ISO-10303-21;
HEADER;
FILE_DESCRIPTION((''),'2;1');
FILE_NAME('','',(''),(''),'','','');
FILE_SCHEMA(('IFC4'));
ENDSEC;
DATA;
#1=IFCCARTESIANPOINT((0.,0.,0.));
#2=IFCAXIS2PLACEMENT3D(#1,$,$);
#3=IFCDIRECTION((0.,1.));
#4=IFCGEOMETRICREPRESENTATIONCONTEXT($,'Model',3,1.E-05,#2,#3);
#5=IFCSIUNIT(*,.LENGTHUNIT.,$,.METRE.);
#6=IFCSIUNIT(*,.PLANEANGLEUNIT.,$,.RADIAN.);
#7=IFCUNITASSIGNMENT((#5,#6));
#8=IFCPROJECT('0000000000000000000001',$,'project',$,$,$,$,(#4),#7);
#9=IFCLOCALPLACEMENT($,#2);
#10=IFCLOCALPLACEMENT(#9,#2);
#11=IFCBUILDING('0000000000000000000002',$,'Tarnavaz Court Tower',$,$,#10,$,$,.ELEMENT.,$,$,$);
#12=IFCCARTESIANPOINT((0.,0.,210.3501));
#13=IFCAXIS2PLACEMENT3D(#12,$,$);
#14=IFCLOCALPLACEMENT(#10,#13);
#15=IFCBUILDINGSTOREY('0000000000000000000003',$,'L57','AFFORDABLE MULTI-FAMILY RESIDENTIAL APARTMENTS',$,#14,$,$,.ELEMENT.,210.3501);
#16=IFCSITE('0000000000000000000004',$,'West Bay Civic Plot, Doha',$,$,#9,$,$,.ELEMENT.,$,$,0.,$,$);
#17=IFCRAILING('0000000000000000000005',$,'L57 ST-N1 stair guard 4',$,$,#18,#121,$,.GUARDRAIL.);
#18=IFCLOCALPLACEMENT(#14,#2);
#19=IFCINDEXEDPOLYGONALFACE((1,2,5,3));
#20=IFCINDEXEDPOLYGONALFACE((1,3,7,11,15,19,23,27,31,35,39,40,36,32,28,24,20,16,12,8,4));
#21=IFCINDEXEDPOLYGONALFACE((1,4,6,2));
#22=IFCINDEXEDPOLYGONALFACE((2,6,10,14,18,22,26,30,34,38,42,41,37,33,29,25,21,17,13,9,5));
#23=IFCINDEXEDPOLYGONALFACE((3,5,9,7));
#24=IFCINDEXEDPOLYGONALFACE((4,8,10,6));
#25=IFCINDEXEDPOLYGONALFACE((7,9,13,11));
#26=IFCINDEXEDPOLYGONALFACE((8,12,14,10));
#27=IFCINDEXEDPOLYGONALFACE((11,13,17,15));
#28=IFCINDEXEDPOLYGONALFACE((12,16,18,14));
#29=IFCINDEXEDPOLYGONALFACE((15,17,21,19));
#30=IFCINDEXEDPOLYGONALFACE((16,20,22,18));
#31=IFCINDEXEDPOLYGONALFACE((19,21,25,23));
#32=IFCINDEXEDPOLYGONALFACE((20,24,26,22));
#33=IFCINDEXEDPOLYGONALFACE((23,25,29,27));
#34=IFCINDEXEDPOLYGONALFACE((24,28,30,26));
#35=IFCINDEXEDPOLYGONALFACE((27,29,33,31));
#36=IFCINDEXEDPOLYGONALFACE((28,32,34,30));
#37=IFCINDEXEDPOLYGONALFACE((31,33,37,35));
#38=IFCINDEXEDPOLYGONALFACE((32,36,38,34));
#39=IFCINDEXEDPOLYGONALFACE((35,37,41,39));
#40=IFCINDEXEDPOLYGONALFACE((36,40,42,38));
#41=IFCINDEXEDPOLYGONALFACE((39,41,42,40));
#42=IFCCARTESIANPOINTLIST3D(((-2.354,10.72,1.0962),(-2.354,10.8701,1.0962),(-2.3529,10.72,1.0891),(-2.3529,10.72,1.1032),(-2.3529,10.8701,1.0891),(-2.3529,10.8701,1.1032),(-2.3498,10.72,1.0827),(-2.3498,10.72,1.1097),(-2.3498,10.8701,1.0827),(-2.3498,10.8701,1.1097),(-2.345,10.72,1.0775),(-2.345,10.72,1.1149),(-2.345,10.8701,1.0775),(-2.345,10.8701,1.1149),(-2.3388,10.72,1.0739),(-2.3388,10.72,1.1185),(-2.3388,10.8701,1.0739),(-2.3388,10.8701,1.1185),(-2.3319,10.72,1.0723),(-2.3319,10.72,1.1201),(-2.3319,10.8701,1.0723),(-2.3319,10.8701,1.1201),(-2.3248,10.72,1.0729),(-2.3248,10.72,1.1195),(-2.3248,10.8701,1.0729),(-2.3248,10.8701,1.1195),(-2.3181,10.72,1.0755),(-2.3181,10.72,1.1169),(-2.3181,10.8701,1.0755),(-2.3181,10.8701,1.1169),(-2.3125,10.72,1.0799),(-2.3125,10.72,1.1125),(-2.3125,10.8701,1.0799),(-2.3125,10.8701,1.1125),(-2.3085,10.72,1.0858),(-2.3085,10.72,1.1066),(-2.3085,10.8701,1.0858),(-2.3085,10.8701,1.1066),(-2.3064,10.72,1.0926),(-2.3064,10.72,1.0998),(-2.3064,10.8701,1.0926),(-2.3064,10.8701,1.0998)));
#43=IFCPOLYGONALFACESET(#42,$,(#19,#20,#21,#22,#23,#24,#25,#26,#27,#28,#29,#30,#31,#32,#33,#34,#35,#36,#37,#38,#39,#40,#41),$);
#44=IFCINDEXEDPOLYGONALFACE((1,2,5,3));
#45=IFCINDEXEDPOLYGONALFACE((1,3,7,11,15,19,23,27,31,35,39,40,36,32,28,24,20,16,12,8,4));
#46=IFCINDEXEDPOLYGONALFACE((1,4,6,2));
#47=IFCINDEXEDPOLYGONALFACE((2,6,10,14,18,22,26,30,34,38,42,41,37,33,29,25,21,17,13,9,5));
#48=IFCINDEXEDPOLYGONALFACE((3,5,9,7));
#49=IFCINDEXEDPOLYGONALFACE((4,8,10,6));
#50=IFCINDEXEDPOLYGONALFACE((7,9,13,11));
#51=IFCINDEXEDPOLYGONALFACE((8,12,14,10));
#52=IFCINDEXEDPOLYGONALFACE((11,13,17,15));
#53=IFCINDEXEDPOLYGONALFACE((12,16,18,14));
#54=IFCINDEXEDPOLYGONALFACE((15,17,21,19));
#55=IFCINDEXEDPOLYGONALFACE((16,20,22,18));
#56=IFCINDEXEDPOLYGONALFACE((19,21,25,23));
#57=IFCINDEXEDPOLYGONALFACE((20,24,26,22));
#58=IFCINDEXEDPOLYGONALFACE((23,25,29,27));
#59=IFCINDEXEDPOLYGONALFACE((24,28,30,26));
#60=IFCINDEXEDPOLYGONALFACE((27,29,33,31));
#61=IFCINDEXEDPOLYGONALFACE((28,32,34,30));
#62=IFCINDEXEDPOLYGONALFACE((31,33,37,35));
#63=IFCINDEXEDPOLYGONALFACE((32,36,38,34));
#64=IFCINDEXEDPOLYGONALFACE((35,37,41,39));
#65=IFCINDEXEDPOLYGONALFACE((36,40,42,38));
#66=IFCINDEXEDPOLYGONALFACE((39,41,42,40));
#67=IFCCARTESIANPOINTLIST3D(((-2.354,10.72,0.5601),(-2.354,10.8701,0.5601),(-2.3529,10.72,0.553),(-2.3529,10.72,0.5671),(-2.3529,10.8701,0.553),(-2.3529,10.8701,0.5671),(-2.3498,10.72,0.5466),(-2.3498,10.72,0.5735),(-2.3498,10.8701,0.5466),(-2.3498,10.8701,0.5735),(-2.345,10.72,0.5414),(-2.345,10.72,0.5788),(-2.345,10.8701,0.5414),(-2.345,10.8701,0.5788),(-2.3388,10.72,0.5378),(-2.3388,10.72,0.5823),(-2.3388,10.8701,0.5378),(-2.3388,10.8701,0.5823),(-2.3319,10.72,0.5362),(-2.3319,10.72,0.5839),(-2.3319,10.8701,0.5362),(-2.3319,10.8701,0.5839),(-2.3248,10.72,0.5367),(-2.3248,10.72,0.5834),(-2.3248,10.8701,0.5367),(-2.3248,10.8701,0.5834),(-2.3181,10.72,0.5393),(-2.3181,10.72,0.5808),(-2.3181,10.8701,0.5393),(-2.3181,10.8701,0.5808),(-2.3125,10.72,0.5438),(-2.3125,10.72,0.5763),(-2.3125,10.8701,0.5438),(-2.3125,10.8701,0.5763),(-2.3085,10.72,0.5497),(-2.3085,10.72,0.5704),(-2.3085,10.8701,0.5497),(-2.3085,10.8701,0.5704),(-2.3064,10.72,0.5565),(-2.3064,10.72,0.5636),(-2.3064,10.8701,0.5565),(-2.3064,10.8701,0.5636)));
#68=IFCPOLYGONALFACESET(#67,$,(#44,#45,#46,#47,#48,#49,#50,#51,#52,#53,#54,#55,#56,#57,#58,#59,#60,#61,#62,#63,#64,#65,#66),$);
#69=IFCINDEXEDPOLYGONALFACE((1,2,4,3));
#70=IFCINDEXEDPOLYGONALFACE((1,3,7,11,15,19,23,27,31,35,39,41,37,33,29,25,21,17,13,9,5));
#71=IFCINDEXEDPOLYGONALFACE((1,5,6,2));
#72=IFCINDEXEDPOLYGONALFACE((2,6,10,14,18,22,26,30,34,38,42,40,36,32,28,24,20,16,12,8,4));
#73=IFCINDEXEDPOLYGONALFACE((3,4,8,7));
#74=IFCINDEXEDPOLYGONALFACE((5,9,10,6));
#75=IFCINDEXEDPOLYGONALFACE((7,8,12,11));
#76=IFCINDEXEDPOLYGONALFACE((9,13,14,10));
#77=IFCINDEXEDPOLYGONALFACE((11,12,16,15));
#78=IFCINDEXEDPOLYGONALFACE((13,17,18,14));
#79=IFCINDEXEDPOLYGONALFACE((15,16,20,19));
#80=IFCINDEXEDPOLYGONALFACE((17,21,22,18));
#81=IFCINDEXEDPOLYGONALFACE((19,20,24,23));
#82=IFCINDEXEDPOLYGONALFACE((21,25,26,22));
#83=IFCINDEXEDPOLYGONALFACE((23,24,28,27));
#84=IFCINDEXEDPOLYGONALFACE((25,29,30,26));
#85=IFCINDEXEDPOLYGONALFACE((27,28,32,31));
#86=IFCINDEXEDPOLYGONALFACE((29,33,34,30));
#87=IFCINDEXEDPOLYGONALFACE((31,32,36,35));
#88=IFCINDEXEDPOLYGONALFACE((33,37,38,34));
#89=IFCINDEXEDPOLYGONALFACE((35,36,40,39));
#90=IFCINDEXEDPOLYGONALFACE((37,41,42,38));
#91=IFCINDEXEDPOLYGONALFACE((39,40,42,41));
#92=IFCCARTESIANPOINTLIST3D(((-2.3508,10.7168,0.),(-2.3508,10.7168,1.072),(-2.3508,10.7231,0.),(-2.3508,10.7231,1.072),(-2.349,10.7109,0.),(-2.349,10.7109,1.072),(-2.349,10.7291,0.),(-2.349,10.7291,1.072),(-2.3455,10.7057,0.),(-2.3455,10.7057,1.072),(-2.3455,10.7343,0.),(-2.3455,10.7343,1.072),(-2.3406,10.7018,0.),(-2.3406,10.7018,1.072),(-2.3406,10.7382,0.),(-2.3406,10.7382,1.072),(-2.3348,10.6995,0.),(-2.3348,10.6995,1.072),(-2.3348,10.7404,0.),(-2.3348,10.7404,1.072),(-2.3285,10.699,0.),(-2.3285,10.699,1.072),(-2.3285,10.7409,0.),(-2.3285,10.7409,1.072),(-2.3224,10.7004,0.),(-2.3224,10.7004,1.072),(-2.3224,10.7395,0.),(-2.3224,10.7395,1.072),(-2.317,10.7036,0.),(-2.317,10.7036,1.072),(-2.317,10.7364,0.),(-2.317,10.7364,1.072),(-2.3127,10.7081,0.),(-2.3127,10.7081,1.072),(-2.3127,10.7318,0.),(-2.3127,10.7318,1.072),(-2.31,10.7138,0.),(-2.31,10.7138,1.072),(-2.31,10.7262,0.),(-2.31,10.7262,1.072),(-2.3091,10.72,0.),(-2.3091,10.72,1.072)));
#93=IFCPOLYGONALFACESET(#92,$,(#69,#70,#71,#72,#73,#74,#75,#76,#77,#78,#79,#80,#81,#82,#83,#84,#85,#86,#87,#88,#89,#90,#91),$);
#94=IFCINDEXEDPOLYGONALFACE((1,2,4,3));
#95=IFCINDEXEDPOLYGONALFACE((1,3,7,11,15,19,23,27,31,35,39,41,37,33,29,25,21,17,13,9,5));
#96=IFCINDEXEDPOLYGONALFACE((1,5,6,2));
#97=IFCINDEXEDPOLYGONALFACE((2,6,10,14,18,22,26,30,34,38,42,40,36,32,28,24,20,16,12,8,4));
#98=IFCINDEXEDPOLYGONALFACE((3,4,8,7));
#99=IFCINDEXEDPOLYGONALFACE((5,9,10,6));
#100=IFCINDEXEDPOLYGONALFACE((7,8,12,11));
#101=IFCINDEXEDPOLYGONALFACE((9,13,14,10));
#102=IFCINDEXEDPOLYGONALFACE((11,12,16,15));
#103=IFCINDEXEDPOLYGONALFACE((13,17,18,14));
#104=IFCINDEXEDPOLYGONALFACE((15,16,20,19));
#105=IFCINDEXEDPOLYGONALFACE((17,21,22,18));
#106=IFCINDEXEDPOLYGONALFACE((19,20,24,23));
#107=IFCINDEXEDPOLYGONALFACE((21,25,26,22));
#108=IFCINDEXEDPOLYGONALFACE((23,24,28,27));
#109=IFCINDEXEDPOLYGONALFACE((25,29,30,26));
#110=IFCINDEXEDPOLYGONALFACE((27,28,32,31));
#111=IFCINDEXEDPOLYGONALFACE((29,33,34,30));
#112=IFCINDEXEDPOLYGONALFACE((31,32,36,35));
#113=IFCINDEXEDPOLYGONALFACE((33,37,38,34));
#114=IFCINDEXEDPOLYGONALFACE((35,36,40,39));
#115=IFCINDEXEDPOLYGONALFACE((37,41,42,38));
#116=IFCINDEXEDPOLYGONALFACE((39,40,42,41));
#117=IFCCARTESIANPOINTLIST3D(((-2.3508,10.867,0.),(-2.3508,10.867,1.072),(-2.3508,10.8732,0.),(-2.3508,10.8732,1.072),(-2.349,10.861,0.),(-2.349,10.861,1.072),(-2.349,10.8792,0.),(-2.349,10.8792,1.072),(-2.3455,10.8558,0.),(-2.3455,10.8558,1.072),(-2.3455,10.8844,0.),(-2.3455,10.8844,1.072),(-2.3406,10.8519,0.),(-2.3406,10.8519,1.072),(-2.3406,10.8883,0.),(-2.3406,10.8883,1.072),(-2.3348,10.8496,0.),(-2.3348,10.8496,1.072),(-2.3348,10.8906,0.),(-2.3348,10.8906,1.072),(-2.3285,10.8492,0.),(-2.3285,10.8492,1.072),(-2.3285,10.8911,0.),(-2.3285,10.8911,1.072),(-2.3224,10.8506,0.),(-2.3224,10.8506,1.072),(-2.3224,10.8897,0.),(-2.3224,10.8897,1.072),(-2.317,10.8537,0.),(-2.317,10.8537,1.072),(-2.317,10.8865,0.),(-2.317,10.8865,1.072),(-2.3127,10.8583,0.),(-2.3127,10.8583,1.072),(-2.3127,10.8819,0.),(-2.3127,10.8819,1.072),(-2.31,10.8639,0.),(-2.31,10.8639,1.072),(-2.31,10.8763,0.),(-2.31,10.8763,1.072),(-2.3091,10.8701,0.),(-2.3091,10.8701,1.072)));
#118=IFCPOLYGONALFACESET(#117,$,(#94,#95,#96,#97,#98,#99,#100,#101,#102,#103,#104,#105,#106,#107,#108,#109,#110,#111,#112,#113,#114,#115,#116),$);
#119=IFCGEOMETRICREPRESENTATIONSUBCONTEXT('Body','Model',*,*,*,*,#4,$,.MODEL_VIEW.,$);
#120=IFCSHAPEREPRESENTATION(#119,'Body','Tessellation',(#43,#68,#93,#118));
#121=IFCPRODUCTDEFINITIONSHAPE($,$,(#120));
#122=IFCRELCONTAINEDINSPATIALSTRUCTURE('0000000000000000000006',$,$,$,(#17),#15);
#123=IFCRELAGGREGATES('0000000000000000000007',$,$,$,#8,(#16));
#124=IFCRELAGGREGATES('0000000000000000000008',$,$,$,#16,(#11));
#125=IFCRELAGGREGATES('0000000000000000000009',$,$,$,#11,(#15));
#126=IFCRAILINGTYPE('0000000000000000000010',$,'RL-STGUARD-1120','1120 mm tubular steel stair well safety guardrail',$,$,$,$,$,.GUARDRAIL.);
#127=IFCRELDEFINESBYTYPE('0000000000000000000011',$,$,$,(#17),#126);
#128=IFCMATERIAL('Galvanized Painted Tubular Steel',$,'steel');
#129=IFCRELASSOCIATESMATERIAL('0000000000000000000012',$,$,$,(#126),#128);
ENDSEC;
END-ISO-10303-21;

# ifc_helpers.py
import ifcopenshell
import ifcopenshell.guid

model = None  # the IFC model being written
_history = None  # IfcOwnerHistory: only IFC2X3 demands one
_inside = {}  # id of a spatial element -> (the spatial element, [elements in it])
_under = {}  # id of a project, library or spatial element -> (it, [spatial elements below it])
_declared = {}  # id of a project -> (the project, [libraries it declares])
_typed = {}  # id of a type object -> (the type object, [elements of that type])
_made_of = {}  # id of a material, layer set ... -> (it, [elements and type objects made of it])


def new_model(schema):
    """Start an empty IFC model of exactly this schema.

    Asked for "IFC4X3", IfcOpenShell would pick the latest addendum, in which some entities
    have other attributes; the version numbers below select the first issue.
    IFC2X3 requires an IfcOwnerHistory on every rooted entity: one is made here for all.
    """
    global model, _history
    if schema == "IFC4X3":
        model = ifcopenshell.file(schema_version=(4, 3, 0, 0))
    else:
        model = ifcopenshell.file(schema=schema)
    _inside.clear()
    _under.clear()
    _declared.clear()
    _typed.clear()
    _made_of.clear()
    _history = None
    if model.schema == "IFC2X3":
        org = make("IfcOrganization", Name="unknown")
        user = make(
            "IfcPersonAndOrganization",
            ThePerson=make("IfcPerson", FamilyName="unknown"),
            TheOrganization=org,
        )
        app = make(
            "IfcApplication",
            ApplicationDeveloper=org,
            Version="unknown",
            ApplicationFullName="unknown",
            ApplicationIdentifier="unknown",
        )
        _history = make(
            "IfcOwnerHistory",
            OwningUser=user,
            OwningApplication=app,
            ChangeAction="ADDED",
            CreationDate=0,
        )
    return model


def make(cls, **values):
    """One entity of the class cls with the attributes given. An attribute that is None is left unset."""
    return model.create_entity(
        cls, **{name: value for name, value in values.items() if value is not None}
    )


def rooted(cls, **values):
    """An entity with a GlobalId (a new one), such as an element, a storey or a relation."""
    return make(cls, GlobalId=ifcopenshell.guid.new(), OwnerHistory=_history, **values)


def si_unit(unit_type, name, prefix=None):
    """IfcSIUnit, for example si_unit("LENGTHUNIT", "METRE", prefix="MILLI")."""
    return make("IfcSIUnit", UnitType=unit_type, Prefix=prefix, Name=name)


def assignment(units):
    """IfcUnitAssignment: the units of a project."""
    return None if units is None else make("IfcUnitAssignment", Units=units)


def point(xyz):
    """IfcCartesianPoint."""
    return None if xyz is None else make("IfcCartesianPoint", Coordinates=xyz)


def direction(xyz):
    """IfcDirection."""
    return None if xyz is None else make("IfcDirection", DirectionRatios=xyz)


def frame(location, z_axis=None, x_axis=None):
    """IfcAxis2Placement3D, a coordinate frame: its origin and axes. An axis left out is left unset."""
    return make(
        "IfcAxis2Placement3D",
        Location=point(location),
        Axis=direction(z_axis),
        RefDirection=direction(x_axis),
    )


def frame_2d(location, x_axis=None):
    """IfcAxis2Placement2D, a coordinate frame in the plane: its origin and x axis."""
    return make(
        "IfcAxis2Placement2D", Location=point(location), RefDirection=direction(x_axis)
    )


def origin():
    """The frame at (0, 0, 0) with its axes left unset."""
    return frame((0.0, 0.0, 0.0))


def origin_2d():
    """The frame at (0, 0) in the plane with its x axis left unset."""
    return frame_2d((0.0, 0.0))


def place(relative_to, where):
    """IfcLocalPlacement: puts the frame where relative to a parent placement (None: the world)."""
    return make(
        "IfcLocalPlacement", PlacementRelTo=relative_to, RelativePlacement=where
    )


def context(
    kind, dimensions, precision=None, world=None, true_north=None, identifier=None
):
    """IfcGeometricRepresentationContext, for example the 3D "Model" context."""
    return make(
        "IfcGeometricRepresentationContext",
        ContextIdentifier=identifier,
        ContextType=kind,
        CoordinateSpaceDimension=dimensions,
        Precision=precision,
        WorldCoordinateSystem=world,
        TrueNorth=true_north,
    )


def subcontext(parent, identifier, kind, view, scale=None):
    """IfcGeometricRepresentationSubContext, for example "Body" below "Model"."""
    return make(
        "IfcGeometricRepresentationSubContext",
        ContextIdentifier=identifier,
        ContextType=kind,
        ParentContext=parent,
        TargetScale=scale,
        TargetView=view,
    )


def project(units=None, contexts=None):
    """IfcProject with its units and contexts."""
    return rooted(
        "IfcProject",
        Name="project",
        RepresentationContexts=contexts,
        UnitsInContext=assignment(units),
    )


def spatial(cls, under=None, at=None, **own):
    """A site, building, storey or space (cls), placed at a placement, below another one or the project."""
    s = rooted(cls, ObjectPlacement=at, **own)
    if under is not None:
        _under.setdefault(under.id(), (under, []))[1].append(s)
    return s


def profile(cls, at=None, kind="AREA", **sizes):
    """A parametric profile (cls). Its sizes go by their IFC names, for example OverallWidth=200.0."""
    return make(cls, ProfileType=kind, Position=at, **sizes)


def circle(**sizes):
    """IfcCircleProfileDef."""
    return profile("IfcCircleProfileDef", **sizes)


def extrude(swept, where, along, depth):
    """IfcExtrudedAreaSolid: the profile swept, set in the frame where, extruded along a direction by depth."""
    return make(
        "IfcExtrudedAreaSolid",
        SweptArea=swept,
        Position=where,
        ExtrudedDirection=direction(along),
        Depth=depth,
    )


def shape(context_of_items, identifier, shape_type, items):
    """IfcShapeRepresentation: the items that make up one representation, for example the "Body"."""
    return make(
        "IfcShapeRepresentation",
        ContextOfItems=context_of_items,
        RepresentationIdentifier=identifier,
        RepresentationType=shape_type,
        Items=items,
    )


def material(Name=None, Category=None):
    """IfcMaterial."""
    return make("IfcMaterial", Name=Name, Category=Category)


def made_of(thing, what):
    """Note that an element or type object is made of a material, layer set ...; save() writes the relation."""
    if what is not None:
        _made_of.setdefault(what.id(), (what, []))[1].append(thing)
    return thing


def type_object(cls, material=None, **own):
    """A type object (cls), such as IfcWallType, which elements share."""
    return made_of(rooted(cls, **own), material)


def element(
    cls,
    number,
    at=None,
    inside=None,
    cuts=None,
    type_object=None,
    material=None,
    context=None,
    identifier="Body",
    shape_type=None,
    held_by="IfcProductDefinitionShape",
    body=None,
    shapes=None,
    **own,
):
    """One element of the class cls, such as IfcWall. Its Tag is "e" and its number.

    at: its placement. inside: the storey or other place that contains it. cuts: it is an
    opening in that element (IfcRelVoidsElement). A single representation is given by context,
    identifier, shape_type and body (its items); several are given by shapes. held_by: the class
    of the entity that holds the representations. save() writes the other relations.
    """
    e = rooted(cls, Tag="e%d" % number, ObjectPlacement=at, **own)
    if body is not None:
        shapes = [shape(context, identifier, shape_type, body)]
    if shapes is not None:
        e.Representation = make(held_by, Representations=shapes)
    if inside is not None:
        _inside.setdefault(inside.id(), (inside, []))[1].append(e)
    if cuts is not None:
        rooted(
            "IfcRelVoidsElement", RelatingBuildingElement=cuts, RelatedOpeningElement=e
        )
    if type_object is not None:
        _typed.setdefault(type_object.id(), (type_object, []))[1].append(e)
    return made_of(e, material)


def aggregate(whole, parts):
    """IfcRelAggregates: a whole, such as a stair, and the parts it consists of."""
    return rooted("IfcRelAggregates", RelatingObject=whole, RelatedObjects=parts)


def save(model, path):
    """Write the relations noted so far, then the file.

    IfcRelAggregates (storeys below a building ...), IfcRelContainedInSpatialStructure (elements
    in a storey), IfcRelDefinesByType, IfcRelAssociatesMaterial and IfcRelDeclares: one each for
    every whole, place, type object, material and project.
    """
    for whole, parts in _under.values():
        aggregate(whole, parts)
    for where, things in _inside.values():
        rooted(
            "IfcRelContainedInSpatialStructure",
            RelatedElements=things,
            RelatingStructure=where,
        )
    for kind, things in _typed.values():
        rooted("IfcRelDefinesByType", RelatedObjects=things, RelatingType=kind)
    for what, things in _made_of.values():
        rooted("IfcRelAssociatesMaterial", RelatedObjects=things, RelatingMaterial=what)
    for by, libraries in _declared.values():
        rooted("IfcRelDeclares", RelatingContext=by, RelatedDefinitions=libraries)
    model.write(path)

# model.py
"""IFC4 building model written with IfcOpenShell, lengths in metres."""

from ifc_helpers import new_model, si_unit, direction, frame, origin, origin_2d, place, context, subcontext, project, spatial, circle, extrude, material, type_object, element, save


model = new_model("IFC4")

# Units and contexts
model_context = context("Model", 3, precision=1e-05, world=origin(), true_north=direction((0.0, 1.0)))
body_context = subcontext(model_context, "Body", "Model", "MODEL_VIEW")
ifc_project = project(units=[si_unit("LENGTHUNIT", "METRE"), si_unit("PLANEANGLEUNIT", "RADIAN")], contexts=[model_context])

# Site, building, storey
site_placement = place(None, origin())
site = spatial("IfcSite", under=ifc_project, at=site_placement, Name="West Bay Civic Plot, Doha", CompositionType="ELEMENT", RefElevation=0.0)
building_placement = place(site_placement, origin())
building = spatial("IfcBuilding", under=site, at=building_placement, Name="Tarnavaz Court Tower", CompositionType="ELEMENT")
storey_placement = place(building_placement, frame((0.0, 0.0, 210.3501)))
storey = spatial("IfcBuildingStorey", under=building, at=storey_placement, Name="L57", Description="AFFORDABLE MULTI-FAMILY RESIDENTIAL APARTMENTS", CompositionType="ELEMENT", Elevation=210.3501)

# Railing
ifc_material_1 = material(Name="Galvanized Painted Tubular Steel", Category="steel")
railing_type_1 = type_object("IfcRailingType", Name="RL-STGUARD-1120", Description="1120 mm tubular steel stair well safety guardrail", PredefinedType="GUARDRAIL", material=ifc_material_1)
railing_1_placement = place(storey_placement, frame((-2.3301, 10.72, 0.0)))
element("IfcRailing", 1, at=railing_1_placement, inside=storey, type_object=railing_type_1, Name="L57 ST-N1 stair guard 4", PredefinedType="GUARDRAIL", context=body_context, shape_type="SweptSolid", body=[
    extrude(circle(Radius=0.0239, at=origin_2d()), frame((0.0, 0.0, 1.0962), z_axis=(0.0, 1.0, 0.0), x_axis=(-1.0, 0.0, 0.0)), (0.0, 0.0, 1.0), 0.1501),
    extrude(circle(Radius=0.0239, at=origin_2d()), frame((0.0, 0.0, 0.5601), z_axis=(0.0, 1.0, 0.0), x_axis=(-1.0, 0.0, 0.0)), (0.0, 0.0, 1.0), 0.1501),
    extrude(circle(Radius=0.021, at=origin_2d()), origin(), (0.0, 0.0, 1.0), 1.072),
    extrude(circle(Radius=0.021, at=origin_2d()), frame((0.0, 0.1501, 0.0)), (0.0, 0.0, 1.0), 1.072),
])

save(model, "model.ifc")
